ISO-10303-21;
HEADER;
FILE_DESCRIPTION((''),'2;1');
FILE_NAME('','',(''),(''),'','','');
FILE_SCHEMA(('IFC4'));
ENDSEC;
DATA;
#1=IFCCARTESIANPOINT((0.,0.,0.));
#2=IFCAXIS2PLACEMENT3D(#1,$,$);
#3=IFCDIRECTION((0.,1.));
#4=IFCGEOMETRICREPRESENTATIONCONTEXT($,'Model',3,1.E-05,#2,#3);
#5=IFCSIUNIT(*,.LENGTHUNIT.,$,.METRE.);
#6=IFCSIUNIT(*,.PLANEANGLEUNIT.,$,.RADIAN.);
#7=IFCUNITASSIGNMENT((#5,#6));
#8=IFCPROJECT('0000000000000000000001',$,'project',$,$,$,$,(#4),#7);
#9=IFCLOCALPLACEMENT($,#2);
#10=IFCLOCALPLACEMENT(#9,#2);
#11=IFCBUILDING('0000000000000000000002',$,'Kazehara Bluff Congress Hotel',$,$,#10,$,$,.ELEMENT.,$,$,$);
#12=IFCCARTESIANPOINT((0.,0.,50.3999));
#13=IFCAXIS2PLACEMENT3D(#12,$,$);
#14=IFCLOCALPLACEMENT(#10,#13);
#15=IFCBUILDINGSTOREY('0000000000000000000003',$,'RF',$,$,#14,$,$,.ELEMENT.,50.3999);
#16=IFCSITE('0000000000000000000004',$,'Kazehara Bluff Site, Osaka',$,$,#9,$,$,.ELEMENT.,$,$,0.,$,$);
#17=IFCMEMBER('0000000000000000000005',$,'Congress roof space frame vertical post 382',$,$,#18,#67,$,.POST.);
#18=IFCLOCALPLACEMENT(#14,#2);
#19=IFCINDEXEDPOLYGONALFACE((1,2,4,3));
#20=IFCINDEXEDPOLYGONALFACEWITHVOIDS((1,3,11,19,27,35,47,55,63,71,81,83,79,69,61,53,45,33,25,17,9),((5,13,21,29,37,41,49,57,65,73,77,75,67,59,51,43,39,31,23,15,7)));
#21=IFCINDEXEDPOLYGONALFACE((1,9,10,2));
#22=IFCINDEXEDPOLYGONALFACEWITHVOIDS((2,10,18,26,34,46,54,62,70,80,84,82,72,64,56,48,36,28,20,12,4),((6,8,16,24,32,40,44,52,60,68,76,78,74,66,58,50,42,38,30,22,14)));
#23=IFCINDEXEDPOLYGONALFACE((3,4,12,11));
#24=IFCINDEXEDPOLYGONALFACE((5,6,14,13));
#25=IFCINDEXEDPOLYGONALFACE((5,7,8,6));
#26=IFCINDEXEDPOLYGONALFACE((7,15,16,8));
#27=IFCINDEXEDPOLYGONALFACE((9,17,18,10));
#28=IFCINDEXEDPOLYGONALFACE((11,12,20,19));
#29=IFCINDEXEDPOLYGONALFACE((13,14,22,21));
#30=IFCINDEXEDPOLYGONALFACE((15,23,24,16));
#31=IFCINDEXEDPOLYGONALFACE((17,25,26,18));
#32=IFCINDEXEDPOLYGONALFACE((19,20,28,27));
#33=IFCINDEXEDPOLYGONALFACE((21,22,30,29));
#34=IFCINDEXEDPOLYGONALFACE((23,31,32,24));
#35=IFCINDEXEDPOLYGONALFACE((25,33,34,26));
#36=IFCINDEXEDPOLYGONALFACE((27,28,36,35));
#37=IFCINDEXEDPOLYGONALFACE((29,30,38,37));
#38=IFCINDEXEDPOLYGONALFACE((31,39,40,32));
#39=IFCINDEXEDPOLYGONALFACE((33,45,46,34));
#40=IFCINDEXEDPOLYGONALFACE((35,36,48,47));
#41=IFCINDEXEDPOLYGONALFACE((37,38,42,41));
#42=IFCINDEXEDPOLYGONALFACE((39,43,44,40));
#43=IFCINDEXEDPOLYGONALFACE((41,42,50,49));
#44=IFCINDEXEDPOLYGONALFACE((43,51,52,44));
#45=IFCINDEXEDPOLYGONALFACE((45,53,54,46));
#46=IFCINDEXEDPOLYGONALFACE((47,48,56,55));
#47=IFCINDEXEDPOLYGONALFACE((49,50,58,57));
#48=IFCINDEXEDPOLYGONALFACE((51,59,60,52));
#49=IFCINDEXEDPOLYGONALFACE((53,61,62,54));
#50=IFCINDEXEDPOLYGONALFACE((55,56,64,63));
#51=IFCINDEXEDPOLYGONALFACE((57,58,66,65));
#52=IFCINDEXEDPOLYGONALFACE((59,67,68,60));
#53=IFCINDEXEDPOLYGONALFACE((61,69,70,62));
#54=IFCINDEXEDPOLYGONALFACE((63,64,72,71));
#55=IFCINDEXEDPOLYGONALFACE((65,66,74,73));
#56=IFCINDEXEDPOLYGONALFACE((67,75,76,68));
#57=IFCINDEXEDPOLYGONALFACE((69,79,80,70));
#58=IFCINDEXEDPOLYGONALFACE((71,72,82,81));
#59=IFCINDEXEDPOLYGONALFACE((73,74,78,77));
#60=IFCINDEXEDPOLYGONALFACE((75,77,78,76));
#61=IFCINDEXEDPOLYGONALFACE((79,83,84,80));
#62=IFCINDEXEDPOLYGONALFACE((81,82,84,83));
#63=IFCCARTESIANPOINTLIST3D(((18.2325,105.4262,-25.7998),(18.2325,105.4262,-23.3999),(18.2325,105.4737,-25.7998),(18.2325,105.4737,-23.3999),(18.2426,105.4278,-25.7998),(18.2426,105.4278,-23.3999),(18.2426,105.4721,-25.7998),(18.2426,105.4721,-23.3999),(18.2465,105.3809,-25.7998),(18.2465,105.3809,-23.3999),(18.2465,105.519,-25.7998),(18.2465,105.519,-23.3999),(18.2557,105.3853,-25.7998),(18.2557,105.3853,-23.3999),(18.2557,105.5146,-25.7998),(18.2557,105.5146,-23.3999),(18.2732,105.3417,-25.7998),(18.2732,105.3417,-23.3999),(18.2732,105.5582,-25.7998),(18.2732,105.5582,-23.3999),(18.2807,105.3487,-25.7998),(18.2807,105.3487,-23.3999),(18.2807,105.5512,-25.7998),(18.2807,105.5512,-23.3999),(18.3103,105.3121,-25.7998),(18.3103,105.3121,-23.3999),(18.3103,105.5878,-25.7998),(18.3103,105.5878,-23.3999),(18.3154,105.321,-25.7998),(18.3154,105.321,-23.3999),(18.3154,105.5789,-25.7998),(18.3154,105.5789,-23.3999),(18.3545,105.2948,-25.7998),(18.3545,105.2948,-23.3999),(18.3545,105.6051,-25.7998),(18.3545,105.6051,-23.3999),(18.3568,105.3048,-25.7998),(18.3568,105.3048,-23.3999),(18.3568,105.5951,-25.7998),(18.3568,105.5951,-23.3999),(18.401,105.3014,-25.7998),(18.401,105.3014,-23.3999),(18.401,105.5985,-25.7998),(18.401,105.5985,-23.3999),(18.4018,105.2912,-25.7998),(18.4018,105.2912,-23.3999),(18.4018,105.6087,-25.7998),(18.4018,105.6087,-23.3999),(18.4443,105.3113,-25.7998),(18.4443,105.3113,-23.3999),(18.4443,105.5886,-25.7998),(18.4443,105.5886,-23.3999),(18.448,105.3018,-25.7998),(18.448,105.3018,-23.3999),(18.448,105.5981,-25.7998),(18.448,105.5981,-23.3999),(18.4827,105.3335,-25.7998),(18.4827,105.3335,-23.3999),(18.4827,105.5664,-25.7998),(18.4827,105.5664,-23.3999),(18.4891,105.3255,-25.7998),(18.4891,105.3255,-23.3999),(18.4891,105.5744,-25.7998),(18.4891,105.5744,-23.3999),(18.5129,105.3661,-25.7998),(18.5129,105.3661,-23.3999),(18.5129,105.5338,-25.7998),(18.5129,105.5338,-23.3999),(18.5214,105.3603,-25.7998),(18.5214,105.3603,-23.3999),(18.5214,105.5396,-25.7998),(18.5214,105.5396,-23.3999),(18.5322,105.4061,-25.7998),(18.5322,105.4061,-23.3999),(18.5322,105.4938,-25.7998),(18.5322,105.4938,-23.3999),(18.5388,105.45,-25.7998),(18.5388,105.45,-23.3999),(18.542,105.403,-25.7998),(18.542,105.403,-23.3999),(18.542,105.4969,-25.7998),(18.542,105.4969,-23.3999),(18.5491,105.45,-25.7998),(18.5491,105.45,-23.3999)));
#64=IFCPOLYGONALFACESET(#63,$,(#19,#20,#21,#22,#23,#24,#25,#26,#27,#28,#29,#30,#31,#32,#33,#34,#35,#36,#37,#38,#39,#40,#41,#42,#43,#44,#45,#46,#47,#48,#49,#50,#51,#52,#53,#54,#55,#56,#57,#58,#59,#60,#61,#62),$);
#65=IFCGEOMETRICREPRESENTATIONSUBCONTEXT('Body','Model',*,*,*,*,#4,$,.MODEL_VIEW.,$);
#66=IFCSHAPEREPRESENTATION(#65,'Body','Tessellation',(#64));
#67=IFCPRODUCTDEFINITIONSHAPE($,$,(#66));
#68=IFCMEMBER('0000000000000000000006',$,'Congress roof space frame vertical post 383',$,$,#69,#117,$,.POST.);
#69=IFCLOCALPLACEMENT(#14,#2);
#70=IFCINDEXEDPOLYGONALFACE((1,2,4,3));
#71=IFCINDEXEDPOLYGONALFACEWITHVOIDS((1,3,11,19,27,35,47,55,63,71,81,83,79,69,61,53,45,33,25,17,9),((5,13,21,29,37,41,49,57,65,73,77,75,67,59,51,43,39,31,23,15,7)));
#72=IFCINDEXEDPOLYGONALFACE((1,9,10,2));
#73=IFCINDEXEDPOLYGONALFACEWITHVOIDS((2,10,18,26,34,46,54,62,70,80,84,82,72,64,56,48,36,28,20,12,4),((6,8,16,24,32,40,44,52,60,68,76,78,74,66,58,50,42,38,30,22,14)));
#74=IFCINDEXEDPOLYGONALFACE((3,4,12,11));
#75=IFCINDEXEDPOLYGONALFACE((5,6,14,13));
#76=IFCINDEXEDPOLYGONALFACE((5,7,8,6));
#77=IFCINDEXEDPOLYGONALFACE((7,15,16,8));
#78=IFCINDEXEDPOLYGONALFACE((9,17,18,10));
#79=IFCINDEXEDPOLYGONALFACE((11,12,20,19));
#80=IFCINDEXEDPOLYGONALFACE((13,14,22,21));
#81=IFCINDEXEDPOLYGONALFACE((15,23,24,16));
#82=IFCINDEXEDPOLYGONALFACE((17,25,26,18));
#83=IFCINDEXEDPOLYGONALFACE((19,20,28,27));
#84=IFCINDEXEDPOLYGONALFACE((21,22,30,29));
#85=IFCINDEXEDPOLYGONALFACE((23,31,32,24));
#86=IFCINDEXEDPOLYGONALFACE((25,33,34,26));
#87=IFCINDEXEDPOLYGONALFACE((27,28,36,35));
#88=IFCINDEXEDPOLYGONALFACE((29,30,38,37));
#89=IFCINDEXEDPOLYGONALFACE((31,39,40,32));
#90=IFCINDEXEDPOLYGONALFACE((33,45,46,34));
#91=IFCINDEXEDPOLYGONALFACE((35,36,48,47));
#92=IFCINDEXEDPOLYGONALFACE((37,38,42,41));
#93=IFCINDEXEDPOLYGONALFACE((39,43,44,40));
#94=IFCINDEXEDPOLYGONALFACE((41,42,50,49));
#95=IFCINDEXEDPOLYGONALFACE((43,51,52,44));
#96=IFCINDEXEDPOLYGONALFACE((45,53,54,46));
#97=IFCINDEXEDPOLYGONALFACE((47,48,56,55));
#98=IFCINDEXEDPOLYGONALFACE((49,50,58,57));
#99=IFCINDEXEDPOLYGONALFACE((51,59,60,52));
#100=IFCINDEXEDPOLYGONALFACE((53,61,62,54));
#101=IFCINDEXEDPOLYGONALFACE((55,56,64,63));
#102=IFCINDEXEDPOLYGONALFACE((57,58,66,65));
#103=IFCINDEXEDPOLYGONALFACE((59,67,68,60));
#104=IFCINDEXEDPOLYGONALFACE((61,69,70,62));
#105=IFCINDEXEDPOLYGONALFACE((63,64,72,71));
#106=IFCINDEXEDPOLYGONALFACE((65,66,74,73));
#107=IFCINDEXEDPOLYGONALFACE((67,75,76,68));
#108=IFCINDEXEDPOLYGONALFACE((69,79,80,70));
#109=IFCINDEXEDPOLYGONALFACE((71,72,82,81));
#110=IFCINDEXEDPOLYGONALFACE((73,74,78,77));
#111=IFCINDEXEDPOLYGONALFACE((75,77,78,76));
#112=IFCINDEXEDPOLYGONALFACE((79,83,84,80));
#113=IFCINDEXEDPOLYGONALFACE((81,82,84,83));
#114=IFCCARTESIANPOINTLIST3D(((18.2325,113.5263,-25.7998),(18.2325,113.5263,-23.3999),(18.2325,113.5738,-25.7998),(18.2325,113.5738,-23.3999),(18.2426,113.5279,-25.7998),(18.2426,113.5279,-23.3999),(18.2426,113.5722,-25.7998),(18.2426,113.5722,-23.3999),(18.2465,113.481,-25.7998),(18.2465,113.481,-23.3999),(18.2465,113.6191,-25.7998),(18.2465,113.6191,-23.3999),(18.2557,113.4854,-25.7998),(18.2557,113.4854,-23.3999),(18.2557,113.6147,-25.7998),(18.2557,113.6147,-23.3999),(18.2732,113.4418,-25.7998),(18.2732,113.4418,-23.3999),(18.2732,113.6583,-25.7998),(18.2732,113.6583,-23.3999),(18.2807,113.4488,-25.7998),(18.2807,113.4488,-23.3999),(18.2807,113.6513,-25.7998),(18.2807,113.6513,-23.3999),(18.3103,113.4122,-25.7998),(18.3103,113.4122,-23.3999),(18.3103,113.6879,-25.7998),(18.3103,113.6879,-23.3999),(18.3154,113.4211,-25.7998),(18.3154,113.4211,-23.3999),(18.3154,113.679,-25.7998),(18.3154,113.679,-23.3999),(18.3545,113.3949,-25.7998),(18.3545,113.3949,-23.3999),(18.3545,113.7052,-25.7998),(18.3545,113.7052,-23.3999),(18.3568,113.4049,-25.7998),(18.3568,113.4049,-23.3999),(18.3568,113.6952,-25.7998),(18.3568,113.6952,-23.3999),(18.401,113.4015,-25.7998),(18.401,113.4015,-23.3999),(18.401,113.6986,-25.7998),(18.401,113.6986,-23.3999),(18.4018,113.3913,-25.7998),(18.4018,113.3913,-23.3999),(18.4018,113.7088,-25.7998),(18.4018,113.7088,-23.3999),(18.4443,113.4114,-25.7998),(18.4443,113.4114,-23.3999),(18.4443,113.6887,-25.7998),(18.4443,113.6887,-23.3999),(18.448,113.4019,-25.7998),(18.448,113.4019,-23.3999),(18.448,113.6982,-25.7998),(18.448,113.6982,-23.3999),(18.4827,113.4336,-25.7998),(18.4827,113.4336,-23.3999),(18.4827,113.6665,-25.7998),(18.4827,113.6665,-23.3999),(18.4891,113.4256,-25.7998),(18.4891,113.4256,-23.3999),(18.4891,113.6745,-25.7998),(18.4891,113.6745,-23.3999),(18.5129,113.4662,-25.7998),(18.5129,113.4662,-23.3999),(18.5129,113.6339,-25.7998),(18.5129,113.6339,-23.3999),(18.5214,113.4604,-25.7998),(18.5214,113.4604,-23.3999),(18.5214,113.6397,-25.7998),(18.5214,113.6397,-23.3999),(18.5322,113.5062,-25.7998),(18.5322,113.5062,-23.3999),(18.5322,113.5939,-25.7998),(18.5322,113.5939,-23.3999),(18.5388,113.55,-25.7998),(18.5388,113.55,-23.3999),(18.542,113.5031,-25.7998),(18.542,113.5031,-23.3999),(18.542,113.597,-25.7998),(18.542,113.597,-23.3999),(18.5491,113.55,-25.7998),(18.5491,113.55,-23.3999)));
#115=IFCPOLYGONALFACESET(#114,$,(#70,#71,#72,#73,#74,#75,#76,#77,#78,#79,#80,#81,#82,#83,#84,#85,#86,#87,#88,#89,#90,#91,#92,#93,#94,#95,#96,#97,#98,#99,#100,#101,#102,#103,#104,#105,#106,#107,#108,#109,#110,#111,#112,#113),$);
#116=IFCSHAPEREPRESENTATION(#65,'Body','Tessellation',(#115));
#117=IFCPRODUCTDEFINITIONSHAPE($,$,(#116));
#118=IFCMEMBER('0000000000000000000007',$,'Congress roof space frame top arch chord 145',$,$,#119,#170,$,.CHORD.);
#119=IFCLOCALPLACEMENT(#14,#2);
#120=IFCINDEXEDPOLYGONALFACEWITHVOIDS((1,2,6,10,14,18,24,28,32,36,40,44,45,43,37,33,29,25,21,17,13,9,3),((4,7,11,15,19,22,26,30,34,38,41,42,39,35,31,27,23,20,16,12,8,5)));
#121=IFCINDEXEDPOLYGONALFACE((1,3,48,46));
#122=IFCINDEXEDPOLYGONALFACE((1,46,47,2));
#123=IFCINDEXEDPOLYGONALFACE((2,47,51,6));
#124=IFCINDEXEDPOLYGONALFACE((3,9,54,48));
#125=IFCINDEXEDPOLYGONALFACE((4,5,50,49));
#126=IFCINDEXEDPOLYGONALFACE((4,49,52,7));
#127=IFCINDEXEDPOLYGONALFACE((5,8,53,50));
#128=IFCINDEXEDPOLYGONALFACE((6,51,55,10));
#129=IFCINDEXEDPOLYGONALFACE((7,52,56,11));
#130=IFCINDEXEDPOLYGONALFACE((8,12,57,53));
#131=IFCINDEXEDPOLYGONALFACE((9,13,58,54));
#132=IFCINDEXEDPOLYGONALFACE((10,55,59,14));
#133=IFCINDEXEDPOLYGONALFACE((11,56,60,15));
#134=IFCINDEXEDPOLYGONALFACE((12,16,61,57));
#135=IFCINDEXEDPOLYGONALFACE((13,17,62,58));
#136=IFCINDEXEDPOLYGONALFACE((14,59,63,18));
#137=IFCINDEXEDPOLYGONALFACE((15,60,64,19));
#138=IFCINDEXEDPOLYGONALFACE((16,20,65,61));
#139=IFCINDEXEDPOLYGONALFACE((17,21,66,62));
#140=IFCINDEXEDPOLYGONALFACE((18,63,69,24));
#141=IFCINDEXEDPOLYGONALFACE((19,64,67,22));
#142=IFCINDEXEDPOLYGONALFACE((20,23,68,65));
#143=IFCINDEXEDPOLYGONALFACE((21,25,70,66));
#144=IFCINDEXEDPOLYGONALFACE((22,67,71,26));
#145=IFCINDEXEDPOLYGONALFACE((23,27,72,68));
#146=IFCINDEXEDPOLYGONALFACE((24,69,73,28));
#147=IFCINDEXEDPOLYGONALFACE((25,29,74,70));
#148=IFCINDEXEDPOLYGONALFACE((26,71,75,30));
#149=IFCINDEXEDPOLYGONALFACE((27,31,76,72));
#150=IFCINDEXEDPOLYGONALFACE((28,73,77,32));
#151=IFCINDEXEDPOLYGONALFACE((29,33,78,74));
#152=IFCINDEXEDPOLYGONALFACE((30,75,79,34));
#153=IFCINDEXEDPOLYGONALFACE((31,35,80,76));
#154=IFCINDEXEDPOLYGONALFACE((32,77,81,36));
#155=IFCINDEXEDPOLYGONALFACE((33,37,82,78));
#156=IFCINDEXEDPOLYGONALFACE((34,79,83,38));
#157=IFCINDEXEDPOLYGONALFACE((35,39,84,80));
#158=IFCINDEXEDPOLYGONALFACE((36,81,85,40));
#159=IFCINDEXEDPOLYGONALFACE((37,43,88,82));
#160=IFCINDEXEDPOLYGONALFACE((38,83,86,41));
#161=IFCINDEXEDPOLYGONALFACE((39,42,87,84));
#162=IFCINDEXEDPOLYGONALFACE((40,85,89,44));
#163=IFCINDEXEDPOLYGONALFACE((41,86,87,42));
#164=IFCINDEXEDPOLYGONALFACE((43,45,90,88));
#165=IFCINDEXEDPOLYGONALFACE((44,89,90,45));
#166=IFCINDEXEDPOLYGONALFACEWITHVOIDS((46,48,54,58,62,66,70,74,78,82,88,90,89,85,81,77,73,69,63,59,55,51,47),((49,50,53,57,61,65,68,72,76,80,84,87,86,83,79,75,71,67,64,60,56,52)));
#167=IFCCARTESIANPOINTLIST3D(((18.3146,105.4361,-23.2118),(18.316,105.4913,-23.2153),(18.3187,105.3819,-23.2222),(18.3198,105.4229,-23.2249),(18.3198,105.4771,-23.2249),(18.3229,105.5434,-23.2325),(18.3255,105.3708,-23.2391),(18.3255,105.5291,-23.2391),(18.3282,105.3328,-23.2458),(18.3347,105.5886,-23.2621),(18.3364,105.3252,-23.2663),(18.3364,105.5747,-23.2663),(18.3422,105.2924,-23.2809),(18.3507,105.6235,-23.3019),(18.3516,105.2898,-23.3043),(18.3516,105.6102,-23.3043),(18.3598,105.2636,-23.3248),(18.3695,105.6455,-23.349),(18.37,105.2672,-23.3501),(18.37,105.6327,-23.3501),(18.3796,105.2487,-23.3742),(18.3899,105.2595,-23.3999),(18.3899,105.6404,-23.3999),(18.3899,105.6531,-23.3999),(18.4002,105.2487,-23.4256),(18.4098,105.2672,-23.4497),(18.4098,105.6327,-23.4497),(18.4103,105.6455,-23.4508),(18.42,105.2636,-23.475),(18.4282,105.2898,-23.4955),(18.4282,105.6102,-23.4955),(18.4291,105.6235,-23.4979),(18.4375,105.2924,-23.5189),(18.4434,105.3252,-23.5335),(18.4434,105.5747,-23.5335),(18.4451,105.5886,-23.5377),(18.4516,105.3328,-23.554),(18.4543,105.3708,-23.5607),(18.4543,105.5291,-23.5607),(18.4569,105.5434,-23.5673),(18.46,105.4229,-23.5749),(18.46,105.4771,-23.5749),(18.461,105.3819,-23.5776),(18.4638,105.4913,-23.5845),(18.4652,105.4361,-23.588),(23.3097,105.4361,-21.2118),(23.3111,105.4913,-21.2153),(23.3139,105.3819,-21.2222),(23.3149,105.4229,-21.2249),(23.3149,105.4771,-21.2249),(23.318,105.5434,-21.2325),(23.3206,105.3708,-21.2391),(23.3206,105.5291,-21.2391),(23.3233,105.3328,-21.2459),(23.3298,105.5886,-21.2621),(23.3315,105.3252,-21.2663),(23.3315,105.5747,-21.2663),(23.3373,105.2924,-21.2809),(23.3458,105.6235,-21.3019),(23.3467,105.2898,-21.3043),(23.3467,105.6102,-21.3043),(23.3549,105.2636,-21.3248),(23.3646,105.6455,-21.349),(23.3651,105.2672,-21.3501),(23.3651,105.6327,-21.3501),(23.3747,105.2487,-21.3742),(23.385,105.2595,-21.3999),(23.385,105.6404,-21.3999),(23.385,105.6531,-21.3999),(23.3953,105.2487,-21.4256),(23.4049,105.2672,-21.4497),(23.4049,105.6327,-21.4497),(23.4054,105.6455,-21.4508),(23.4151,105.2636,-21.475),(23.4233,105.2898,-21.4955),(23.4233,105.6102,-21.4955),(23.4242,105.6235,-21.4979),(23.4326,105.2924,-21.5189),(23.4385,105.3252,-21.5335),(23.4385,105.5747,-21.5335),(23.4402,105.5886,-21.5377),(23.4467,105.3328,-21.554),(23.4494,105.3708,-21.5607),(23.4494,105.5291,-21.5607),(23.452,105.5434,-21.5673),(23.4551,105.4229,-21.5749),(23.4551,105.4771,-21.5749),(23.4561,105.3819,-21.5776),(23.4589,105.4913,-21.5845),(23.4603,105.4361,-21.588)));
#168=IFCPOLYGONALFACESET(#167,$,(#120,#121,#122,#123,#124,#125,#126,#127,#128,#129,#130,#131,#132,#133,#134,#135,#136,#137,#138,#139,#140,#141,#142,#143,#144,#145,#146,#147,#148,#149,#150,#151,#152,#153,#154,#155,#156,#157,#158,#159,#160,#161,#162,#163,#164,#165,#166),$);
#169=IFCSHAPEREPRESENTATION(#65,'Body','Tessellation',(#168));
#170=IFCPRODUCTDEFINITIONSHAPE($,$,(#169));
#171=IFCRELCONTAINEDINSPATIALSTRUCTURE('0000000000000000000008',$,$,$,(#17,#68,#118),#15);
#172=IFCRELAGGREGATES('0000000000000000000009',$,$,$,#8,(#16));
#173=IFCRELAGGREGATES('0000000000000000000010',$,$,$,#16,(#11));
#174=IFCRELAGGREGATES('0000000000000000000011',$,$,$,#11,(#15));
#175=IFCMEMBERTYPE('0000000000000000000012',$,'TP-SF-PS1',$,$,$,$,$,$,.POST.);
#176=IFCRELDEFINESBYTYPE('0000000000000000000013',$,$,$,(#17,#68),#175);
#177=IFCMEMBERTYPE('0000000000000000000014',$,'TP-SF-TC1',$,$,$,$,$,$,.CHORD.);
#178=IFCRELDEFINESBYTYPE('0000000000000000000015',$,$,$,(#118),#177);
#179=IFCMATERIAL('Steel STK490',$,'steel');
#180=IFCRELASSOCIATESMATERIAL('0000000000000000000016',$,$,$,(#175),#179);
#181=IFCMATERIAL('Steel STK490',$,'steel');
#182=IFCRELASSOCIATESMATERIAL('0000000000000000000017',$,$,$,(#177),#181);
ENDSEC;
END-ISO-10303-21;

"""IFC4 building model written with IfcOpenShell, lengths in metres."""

from ifc_helpers import new_model, si_unit, direction, frame, origin, origin_2d, place, context, subcontext, project, spatial, hollow_circle, extrude, material, material_profile, profile_set, type_object, element, save


model = new_model("IFC4")

# Units and contexts
model_context = context("Model", 3, precision=1e-05, world=origin(), true_north=direction((0.0, 1.0)))
body_context = subcontext(model_context, "Body", "Model", "MODEL_VIEW")
ifc_project = project(units=[si_unit("LENGTHUNIT", "METRE"), si_unit("PLANEANGLEUNIT", "RADIAN")], contexts=[model_context])

# Site, building, storey
site_placement = place(None, origin())
site = spatial("IfcSite", under=ifc_project, at=site_placement, Name="Kazehara Bluff Site, Osaka", CompositionType="ELEMENT", RefElevation=0.0)
building_placement = place(site_placement, origin())
building = spatial("IfcBuilding", under=site, at=building_placement, Name="Kazehara Bluff Congress Hotel", CompositionType="ELEMENT")
storey_placement = place(building_placement, frame((0.0, 0.0, 50.3999)))
storey = spatial("IfcBuildingStorey", under=building, at=storey_placement, Name="RF", CompositionType="ELEMENT", Elevation=50.3999)

# Members
ifc_material_1 = material(Name="Steel STK490", Category="steel")
ifc_material_profile_1 = material_profile(ifc_material_1, hollow_circle(Radius=0.1592, WallThickness=0.0103, at=origin_2d()))
ifc_profile_set_1 = profile_set([ifc_material_profile_1], Name="Steel STK490")
member_type_1 = type_object("IfcMemberType", Name="TP-SF-PS1", PredefinedType="POST", material=ifc_profile_set_1)
for number, where, z_axis, x_axis, name in (
    (1, (18.3899, 105.45, -25.7998), (0.0, 0.0, 1.0), (1.0, 0.0, 0.0), "Congress roof space frame vertical post 382"),
    (2, (18.3899, 113.55, -25.7998), (0.0, 0.0, 1.0), (1.0, 0.0, 0.0), "Congress roof space frame vertical post 383"),
):
    element("IfcMember", number, at=place(storey_placement, frame(where, z_axis=z_axis, x_axis=x_axis)), inside=storey, type_object=member_type_1, Name=name, PredefinedType="POST", context=body_context, shape_type="SweptSolid", body=[
        extrude(hollow_circle(Radius=0.1592, WallThickness=0.0103, at=origin_2d()), origin(), (0.0, 0.0, 1.0), 2.3999),
    ])
ifc_material_2 = material(Name="Steel STK490", Category="steel")
ifc_material_profile_2 = material_profile(ifc_material_2, hollow_circle(Radius=0.2031, WallThickness=0.0127, at=origin_2d()))
ifc_profile_set_2 = profile_set([ifc_material_profile_2], Name="Steel STK490")
member_type_2 = type_object("IfcMemberType", Name="TP-SF-TC1", PredefinedType="CHORD", material=ifc_profile_set_2)
member_1_placement = place(storey_placement, frame((18.3899, 105.45, -23.3999), z_axis=(0.928351, 0.0, 0.371704), x_axis=(0.0, 1.0, 0.0)))
element("IfcMember", 3, at=member_1_placement, inside=storey, type_object=member_type_2, Name="Congress roof space frame top arch chord 145", PredefinedType="CHORD", context=body_context, shape_type="SweptSolid", body=[
    extrude(hollow_circle(Radius=0.2031, WallThickness=0.0127, at=origin_2d()), origin(), (0.0, 0.0, 1.0), 5.3806),
])

save(model, "model.ifc")
